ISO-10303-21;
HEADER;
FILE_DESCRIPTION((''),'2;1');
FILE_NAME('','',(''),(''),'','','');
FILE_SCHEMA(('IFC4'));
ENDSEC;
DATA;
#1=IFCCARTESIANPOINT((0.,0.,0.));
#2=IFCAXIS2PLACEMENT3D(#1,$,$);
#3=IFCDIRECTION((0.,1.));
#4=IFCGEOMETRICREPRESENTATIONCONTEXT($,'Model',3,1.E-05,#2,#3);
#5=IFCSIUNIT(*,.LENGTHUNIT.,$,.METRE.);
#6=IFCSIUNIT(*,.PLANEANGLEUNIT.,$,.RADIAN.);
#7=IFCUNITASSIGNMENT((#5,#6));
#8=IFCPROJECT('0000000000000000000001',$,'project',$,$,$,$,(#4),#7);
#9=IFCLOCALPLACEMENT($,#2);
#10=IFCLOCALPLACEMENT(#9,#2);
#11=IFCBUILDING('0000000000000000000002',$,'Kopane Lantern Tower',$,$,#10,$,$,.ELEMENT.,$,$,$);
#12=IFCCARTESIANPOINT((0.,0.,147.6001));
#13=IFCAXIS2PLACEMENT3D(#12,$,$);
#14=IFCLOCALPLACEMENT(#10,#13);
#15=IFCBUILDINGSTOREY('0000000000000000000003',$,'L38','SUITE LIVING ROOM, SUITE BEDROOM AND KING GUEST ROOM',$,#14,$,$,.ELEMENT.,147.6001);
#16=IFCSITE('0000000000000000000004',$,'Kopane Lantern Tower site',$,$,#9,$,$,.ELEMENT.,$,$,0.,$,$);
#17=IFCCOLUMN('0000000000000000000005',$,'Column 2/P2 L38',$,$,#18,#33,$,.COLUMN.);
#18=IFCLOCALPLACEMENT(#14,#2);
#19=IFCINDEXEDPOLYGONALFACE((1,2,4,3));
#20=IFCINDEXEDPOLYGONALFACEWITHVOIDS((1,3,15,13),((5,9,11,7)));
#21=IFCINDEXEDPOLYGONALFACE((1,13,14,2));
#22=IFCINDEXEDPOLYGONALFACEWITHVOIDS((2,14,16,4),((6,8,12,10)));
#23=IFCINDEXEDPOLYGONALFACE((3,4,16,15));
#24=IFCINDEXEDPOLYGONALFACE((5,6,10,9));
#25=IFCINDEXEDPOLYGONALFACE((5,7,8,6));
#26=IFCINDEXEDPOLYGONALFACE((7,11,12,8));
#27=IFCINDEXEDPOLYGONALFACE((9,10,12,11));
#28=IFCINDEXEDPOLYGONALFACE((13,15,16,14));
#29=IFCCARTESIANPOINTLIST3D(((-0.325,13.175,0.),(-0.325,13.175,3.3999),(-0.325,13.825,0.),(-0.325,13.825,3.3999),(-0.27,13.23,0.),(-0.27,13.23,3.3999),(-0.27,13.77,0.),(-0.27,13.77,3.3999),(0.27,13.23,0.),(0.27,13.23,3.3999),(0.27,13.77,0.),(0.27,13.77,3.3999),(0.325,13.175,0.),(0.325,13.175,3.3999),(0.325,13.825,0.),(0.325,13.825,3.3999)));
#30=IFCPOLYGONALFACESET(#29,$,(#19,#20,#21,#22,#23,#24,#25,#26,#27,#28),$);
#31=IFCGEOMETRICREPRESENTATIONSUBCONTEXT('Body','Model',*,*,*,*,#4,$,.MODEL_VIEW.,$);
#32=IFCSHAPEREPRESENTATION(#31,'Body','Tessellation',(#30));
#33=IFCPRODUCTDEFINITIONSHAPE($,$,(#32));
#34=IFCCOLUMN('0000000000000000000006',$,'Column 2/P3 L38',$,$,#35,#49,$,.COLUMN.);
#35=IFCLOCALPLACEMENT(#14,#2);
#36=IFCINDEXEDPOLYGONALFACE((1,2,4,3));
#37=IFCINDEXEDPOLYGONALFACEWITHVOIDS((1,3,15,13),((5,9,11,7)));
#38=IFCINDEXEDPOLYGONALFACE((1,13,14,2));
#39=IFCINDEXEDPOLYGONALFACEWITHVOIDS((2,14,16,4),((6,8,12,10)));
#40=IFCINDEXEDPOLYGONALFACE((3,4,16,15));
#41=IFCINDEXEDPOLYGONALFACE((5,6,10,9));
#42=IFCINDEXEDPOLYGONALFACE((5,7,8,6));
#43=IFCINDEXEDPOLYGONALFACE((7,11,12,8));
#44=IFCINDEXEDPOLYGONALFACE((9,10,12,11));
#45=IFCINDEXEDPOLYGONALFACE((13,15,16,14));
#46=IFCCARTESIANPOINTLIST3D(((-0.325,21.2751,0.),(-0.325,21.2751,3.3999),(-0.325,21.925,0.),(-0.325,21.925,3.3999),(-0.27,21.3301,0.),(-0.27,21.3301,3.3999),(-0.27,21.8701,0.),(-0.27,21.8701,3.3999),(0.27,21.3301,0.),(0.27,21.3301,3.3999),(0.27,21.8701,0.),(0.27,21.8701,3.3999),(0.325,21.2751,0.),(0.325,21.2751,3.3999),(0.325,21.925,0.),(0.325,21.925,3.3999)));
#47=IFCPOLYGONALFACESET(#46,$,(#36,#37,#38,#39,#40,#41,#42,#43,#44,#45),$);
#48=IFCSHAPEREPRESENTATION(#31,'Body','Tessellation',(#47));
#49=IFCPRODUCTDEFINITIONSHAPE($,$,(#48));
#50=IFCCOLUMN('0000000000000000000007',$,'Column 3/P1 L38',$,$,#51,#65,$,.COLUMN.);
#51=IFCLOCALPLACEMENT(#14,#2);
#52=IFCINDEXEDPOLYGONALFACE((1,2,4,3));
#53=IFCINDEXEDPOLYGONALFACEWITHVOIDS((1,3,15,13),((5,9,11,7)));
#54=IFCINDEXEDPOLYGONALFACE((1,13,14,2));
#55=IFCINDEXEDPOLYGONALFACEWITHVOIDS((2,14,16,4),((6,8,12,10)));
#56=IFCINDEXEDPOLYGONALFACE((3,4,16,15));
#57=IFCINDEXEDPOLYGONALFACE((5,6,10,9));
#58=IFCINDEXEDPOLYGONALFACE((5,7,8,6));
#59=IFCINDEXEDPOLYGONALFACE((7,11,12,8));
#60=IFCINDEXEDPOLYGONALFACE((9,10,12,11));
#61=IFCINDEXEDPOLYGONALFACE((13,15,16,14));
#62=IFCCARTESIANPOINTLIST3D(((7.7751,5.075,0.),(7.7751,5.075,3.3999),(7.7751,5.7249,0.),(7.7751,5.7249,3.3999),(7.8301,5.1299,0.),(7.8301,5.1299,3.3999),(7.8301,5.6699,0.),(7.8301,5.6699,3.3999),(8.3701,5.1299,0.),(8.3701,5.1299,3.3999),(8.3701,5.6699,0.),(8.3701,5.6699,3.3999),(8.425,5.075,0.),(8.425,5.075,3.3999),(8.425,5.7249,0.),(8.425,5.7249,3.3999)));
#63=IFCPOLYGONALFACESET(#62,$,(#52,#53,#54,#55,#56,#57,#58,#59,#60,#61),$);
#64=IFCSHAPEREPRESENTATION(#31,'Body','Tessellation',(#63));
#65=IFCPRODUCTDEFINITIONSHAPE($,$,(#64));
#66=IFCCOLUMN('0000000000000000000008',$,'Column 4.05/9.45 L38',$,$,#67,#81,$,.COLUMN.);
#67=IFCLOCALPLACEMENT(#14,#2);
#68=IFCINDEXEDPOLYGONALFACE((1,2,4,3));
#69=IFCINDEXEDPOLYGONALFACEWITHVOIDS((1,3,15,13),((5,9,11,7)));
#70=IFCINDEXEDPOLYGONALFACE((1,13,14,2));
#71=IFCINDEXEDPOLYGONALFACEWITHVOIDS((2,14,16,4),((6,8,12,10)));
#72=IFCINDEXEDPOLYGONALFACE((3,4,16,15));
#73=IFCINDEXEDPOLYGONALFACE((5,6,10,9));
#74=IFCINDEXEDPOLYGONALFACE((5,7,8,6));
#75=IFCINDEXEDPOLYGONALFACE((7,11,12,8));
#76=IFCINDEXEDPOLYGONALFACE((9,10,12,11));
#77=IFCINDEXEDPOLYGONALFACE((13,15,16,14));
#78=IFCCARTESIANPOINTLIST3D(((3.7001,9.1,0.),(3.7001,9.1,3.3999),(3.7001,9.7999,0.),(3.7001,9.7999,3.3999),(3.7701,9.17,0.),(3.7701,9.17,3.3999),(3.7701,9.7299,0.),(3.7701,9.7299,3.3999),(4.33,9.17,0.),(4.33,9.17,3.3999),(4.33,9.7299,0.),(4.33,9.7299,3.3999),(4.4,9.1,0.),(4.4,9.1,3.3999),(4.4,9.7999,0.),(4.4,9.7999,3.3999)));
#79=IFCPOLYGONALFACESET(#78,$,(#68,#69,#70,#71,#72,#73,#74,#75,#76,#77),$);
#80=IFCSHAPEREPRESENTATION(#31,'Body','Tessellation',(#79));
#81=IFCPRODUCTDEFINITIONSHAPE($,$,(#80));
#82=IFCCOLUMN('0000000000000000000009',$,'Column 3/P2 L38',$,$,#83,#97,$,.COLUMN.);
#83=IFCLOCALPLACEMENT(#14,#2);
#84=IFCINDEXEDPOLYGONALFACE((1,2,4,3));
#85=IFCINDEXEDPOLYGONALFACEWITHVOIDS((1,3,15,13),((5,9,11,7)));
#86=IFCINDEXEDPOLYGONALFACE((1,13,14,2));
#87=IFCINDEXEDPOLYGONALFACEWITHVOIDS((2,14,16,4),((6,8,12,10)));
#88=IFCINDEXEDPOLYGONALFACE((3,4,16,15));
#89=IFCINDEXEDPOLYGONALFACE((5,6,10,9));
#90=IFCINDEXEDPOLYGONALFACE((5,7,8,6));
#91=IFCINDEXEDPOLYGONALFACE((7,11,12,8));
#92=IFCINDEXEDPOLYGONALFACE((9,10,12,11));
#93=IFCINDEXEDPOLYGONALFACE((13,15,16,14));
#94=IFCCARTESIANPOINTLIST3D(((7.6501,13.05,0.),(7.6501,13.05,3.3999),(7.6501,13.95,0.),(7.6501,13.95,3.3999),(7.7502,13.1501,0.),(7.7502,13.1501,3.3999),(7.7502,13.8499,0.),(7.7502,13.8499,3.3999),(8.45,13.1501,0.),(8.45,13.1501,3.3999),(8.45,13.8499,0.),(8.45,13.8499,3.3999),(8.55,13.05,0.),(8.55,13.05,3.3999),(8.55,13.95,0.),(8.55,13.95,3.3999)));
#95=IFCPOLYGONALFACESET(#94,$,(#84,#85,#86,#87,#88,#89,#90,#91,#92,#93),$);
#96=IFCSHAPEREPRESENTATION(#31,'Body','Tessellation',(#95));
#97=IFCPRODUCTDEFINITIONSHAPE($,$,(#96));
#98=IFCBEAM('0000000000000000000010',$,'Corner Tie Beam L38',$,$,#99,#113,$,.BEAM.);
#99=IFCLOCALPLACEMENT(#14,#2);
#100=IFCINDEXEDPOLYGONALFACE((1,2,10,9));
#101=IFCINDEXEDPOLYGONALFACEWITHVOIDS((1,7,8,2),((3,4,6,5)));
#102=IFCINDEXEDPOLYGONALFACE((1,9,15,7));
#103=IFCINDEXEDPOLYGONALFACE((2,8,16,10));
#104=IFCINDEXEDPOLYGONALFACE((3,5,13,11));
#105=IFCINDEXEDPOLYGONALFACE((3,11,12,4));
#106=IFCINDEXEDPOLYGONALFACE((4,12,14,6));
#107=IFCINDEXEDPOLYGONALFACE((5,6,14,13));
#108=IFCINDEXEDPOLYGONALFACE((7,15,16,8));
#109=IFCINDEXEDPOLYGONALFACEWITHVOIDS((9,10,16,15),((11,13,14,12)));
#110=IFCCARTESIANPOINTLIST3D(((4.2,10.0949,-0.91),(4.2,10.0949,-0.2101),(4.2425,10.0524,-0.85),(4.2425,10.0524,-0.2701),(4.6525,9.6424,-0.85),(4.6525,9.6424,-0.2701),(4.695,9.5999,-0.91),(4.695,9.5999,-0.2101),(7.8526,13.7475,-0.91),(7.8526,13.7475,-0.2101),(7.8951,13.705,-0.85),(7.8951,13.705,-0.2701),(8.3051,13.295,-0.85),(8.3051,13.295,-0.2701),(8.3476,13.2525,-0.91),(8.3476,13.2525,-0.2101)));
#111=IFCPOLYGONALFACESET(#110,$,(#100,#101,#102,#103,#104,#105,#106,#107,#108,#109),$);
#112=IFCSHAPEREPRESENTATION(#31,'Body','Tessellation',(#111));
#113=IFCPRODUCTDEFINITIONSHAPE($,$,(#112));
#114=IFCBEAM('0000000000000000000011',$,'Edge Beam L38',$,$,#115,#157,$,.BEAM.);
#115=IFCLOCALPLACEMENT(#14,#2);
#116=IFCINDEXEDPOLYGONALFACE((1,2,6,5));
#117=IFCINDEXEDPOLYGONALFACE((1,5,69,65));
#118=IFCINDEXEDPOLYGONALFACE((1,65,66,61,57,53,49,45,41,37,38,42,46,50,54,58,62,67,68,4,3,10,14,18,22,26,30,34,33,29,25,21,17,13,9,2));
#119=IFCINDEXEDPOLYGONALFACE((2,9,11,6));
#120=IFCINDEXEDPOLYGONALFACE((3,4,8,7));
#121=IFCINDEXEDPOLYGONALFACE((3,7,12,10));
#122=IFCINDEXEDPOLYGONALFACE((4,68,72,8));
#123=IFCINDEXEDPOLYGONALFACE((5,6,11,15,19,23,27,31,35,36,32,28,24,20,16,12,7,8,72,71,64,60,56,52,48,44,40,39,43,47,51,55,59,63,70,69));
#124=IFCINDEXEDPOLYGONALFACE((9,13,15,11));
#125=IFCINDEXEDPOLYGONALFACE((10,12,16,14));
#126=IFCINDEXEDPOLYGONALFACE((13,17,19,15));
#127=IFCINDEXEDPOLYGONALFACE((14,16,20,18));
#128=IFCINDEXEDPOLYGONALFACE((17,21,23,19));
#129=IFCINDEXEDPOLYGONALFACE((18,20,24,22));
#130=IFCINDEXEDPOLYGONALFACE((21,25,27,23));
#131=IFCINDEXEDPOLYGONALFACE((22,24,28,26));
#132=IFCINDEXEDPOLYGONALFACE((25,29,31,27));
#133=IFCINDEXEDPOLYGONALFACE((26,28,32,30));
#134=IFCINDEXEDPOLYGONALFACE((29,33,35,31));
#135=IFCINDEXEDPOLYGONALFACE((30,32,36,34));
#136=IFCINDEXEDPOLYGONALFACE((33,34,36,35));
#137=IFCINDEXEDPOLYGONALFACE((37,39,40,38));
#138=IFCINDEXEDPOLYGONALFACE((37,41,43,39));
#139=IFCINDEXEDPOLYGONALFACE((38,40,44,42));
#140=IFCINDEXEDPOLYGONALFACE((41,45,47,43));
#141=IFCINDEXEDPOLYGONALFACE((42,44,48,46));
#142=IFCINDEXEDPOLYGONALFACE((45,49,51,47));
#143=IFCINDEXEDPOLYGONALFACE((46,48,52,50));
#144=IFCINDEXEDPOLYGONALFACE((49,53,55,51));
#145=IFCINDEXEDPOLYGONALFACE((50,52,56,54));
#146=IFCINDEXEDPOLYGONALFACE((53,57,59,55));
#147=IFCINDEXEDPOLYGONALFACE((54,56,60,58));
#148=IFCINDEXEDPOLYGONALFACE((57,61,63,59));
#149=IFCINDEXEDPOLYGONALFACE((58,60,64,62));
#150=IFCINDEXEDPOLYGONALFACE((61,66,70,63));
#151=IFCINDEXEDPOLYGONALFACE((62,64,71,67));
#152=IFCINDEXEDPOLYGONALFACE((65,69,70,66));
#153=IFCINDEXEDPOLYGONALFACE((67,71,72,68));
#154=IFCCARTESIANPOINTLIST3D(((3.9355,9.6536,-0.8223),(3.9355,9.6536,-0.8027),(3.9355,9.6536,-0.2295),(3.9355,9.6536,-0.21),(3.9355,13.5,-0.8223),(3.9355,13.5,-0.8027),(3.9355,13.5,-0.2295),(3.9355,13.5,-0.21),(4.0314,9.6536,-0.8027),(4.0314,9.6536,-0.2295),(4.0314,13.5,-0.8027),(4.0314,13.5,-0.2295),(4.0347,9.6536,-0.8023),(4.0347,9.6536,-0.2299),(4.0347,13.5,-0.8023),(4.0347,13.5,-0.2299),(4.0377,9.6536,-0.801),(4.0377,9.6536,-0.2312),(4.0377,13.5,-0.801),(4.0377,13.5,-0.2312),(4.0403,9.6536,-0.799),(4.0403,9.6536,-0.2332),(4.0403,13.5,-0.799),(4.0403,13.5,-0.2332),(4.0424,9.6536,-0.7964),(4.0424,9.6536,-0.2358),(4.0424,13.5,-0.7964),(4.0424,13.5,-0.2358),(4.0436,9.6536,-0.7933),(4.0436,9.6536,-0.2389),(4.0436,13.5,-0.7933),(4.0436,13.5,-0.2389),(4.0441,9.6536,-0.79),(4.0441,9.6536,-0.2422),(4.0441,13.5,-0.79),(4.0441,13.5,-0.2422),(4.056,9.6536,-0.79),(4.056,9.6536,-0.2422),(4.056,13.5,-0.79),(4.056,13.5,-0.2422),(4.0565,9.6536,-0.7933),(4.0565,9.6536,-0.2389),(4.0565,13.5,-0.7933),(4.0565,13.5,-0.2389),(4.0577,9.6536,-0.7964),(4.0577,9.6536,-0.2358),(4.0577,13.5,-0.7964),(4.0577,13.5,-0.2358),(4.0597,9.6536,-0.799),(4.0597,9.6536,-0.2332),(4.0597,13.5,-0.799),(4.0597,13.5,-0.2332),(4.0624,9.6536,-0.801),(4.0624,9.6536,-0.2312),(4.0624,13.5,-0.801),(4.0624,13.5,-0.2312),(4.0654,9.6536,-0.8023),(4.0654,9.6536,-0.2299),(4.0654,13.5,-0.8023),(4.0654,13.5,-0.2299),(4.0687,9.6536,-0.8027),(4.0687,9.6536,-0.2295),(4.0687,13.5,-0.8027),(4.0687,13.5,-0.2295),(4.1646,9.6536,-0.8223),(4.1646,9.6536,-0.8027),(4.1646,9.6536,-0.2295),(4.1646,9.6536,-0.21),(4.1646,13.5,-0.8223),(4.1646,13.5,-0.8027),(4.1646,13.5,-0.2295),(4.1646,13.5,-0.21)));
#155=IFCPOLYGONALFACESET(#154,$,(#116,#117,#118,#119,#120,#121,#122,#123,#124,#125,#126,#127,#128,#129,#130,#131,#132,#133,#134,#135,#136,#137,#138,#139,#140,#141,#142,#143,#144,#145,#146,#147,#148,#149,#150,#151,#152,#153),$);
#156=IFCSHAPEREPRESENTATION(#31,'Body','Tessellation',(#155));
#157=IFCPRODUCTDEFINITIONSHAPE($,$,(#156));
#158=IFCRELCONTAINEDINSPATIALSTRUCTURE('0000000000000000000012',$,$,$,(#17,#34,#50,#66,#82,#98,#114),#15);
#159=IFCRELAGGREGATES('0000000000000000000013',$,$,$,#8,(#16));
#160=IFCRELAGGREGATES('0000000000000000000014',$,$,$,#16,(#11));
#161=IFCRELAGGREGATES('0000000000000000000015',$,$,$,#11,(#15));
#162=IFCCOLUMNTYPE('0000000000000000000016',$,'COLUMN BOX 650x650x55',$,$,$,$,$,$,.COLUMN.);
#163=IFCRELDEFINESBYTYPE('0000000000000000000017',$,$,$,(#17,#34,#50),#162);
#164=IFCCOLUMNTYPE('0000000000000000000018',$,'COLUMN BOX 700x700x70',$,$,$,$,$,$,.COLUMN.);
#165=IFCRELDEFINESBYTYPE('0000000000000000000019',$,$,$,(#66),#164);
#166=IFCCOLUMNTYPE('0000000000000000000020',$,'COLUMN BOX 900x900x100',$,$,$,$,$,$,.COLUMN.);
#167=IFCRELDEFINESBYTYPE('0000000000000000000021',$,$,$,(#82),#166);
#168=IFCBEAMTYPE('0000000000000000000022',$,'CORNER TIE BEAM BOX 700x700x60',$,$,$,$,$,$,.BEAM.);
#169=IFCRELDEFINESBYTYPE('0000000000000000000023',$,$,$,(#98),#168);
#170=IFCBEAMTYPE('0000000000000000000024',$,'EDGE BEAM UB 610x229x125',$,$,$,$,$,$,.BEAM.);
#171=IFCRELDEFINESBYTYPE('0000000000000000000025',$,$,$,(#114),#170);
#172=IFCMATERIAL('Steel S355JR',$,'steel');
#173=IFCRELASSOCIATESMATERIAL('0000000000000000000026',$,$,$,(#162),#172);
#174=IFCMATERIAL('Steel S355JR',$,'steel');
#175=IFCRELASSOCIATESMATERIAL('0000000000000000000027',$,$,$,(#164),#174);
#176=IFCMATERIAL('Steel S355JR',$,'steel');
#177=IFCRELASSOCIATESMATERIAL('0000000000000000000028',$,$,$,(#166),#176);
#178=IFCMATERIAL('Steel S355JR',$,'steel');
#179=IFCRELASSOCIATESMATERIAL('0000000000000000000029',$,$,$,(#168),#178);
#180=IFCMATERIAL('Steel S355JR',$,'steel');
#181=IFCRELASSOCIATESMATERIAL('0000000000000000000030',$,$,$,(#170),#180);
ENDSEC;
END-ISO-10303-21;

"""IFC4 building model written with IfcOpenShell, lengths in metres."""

from ifc_helpers import new_model, si_unit, direction, frame, origin, origin_2d, place, context, subcontext, project, spatial, hollow_rectangle, i_section, extrude, material, material_profile, profile_set, type_object, element, save


model = new_model("IFC4")

# Units and contexts
model_context = context("Model", 3, precision=1e-05, world=origin(), true_north=direction((0.0, 1.0)))
body_context = subcontext(model_context, "Body", "Model", "MODEL_VIEW")
ifc_project = project(units=[si_unit("LENGTHUNIT", "METRE"), si_unit("PLANEANGLEUNIT", "RADIAN")], contexts=[model_context])

# Site, building, storey
site_placement = place(None, origin())
site = spatial("IfcSite", under=ifc_project, at=site_placement, Name="Kopane Lantern Tower site", CompositionType="ELEMENT", RefElevation=0.0)
building_placement = place(site_placement, origin())
building = spatial("IfcBuilding", under=site, at=building_placement, Name="Kopane Lantern Tower", CompositionType="ELEMENT")
storey_placement = place(building_placement, frame((0.0, 0.0, 147.6001)))
storey = spatial("IfcBuildingStorey", under=building, at=storey_placement, Name="L38", Description="SUITE LIVING ROOM, SUITE BEDROOM AND KING GUEST ROOM", CompositionType="ELEMENT", Elevation=147.6001)

# Columns
ifc_material_1 = material(Name="Steel S355JR", Category="steel")
ifc_material_profile_1 = material_profile(ifc_material_1, hollow_rectangle(XDim=0.6499, YDim=0.6499, WallThickness=0.0549, at=origin_2d()), Name="BOX 650x650x55")
ifc_profile_set_1 = profile_set([ifc_material_profile_1], Name="Steel S355JR")
column_type_1 = type_object("IfcColumnType", Name="COLUMN BOX 650x650x55", PredefinedType="COLUMN", material=ifc_profile_set_1)
for number, where, z_axis, x_axis, name in (
    (1, (0.0, 13.5, 0.0), (0.0, 0.0, 1.0), (1.0, 0.0, 0.0), "Column 2/P2 L38"),
    (2, (0.0, 21.6001, 0.0), (0.0, 0.0, 1.0), (1.0, 0.0, 0.0), "Column 2/P3 L38"),
    (3, (8.1001, 5.3999, 0.0), (0.0, 0.0, 1.0), (1.0, 0.0, 0.0), "Column 3/P1 L38"),
):
    element("IfcColumn", number, at=place(storey_placement, frame(where, z_axis=z_axis, x_axis=x_axis)), inside=storey, type_object=column_type_1, Name=name, PredefinedType="COLUMN", context=body_context, shape_type="SweptSolid", body=[
        extrude(hollow_rectangle(XDim=0.6499, YDim=0.6499, WallThickness=0.0549, at=origin_2d()), origin(), (0.0, 0.0, 1.0), 3.3999),
    ])
ifc_material_2 = material(Name="Steel S355JR", Category="steel")
ifc_material_profile_2 = material_profile(ifc_material_2, hollow_rectangle(XDim=0.7, YDim=0.7, WallThickness=0.0701, at=origin_2d()), Name="BOX 700x700x70")
ifc_profile_set_2 = profile_set([ifc_material_profile_2], Name="Steel S355JR")
column_type_2 = type_object("IfcColumnType", Name="COLUMN BOX 700x700x70", PredefinedType="COLUMN", material=ifc_profile_set_2)
column_1_placement = place(storey_placement, frame((4.05, 9.45, 0.0), z_axis=(0.0, 0.0, 1.0), x_axis=(1.0, 0.0, 0.0)))
element("IfcColumn", 4, at=column_1_placement, inside=storey, type_object=column_type_2, Name="Column 4.05/9.45 L38", PredefinedType="COLUMN", context=body_context, shape_type="SweptSolid", body=[
    extrude(hollow_rectangle(XDim=0.7, YDim=0.7, WallThickness=0.0701, at=origin_2d()), origin(), (0.0, 0.0, 1.0), 3.3999),
])
ifc_material_3 = material(Name="Steel S355JR", Category="steel")
ifc_material_profile_3 = material_profile(ifc_material_3, hollow_rectangle(XDim=0.8999, YDim=0.8999, WallThickness=0.1001, at=origin_2d()), Name="BOX 900x900x100")
ifc_profile_set_3 = profile_set([ifc_material_profile_3], Name="Steel S355JR")
column_type_3 = type_object("IfcColumnType", Name="COLUMN BOX 900x900x100", PredefinedType="COLUMN", material=ifc_profile_set_3)
column_2_placement = place(storey_placement, frame((8.1001, 13.5, 0.0), z_axis=(0.0, 0.0, 1.0), x_axis=(1.0, 0.0, 0.0)))
element("IfcColumn", 5, at=column_2_placement, inside=storey, type_object=column_type_3, Name="Column 3/P2 L38", PredefinedType="COLUMN", context=body_context, shape_type="SweptSolid", body=[
    extrude(hollow_rectangle(XDim=0.8999, YDim=0.8999, WallThickness=0.1001, at=origin_2d()), origin(), (0.0, 0.0, 1.0), 3.3999),
])

# Beams
ifc_material_4 = material(Name="Steel S355JR", Category="steel")
ifc_material_profile_4 = material_profile(ifc_material_4, hollow_rectangle(XDim=0.7, YDim=0.7, WallThickness=0.0601, at=origin_2d()), Name="BOX 700x700x60")
ifc_profile_set_4 = profile_set([ifc_material_profile_4], Name="Steel S355JR")
beam_type_1 = type_object("IfcBeamType", Name="CORNER TIE BEAM BOX 700x700x60", PredefinedType="BEAM", material=ifc_profile_set_4)
beam_1_placement = place(storey_placement, frame((4.4475, 9.8474, -0.5601), z_axis=(0.707107, 0.707107, 0.0), x_axis=(-0.707107, 0.707107, 0.0)))
element("IfcBeam", 6, at=beam_1_placement, inside=storey, type_object=beam_type_1, Name="Corner Tie Beam L38", PredefinedType="BEAM", context=body_context, shape_type="SweptSolid", body=[
    extrude(hollow_rectangle(XDim=0.7, YDim=0.7, WallThickness=0.0601, at=origin_2d()), origin(), (0.0, 0.0, 1.0), 5.1655),
])
ifc_material_5 = material(Name="Steel S355JR", Category="steel")
ifc_material_profile_5 = material_profile(ifc_material_5, i_section(OverallWidth=0.229, OverallDepth=0.6123, WebThickness=0.012, FlangeThickness=0.0195, FilletRadius=0.0127, at=origin_2d()), Name="UB 610x229x125")
ifc_profile_set_5 = profile_set([ifc_material_profile_5], Name="Steel S355JR")
beam_type_2 = type_object("IfcBeamType", Name="EDGE BEAM UB 610x229x125", PredefinedType="BEAM", material=ifc_profile_set_5)
beam_2_placement = place(storey_placement, frame((4.05, 9.6536, -0.5161), z_axis=(0.0, 1.0, 0.0), x_axis=(-1.0, 0.0, 0.0)))
element("IfcBeam", 7, at=beam_2_placement, inside=storey, type_object=beam_type_2, Name="Edge Beam L38", PredefinedType="BEAM", context=body_context, shape_type="SweptSolid", body=[
    extrude(i_section(OverallWidth=0.229, OverallDepth=0.6123, WebThickness=0.012, FlangeThickness=0.0195, FilletRadius=0.0127, at=origin_2d()), origin(), (0.0, 0.0, 1.0), 3.8464),
])

save(model, "model.ifc")
